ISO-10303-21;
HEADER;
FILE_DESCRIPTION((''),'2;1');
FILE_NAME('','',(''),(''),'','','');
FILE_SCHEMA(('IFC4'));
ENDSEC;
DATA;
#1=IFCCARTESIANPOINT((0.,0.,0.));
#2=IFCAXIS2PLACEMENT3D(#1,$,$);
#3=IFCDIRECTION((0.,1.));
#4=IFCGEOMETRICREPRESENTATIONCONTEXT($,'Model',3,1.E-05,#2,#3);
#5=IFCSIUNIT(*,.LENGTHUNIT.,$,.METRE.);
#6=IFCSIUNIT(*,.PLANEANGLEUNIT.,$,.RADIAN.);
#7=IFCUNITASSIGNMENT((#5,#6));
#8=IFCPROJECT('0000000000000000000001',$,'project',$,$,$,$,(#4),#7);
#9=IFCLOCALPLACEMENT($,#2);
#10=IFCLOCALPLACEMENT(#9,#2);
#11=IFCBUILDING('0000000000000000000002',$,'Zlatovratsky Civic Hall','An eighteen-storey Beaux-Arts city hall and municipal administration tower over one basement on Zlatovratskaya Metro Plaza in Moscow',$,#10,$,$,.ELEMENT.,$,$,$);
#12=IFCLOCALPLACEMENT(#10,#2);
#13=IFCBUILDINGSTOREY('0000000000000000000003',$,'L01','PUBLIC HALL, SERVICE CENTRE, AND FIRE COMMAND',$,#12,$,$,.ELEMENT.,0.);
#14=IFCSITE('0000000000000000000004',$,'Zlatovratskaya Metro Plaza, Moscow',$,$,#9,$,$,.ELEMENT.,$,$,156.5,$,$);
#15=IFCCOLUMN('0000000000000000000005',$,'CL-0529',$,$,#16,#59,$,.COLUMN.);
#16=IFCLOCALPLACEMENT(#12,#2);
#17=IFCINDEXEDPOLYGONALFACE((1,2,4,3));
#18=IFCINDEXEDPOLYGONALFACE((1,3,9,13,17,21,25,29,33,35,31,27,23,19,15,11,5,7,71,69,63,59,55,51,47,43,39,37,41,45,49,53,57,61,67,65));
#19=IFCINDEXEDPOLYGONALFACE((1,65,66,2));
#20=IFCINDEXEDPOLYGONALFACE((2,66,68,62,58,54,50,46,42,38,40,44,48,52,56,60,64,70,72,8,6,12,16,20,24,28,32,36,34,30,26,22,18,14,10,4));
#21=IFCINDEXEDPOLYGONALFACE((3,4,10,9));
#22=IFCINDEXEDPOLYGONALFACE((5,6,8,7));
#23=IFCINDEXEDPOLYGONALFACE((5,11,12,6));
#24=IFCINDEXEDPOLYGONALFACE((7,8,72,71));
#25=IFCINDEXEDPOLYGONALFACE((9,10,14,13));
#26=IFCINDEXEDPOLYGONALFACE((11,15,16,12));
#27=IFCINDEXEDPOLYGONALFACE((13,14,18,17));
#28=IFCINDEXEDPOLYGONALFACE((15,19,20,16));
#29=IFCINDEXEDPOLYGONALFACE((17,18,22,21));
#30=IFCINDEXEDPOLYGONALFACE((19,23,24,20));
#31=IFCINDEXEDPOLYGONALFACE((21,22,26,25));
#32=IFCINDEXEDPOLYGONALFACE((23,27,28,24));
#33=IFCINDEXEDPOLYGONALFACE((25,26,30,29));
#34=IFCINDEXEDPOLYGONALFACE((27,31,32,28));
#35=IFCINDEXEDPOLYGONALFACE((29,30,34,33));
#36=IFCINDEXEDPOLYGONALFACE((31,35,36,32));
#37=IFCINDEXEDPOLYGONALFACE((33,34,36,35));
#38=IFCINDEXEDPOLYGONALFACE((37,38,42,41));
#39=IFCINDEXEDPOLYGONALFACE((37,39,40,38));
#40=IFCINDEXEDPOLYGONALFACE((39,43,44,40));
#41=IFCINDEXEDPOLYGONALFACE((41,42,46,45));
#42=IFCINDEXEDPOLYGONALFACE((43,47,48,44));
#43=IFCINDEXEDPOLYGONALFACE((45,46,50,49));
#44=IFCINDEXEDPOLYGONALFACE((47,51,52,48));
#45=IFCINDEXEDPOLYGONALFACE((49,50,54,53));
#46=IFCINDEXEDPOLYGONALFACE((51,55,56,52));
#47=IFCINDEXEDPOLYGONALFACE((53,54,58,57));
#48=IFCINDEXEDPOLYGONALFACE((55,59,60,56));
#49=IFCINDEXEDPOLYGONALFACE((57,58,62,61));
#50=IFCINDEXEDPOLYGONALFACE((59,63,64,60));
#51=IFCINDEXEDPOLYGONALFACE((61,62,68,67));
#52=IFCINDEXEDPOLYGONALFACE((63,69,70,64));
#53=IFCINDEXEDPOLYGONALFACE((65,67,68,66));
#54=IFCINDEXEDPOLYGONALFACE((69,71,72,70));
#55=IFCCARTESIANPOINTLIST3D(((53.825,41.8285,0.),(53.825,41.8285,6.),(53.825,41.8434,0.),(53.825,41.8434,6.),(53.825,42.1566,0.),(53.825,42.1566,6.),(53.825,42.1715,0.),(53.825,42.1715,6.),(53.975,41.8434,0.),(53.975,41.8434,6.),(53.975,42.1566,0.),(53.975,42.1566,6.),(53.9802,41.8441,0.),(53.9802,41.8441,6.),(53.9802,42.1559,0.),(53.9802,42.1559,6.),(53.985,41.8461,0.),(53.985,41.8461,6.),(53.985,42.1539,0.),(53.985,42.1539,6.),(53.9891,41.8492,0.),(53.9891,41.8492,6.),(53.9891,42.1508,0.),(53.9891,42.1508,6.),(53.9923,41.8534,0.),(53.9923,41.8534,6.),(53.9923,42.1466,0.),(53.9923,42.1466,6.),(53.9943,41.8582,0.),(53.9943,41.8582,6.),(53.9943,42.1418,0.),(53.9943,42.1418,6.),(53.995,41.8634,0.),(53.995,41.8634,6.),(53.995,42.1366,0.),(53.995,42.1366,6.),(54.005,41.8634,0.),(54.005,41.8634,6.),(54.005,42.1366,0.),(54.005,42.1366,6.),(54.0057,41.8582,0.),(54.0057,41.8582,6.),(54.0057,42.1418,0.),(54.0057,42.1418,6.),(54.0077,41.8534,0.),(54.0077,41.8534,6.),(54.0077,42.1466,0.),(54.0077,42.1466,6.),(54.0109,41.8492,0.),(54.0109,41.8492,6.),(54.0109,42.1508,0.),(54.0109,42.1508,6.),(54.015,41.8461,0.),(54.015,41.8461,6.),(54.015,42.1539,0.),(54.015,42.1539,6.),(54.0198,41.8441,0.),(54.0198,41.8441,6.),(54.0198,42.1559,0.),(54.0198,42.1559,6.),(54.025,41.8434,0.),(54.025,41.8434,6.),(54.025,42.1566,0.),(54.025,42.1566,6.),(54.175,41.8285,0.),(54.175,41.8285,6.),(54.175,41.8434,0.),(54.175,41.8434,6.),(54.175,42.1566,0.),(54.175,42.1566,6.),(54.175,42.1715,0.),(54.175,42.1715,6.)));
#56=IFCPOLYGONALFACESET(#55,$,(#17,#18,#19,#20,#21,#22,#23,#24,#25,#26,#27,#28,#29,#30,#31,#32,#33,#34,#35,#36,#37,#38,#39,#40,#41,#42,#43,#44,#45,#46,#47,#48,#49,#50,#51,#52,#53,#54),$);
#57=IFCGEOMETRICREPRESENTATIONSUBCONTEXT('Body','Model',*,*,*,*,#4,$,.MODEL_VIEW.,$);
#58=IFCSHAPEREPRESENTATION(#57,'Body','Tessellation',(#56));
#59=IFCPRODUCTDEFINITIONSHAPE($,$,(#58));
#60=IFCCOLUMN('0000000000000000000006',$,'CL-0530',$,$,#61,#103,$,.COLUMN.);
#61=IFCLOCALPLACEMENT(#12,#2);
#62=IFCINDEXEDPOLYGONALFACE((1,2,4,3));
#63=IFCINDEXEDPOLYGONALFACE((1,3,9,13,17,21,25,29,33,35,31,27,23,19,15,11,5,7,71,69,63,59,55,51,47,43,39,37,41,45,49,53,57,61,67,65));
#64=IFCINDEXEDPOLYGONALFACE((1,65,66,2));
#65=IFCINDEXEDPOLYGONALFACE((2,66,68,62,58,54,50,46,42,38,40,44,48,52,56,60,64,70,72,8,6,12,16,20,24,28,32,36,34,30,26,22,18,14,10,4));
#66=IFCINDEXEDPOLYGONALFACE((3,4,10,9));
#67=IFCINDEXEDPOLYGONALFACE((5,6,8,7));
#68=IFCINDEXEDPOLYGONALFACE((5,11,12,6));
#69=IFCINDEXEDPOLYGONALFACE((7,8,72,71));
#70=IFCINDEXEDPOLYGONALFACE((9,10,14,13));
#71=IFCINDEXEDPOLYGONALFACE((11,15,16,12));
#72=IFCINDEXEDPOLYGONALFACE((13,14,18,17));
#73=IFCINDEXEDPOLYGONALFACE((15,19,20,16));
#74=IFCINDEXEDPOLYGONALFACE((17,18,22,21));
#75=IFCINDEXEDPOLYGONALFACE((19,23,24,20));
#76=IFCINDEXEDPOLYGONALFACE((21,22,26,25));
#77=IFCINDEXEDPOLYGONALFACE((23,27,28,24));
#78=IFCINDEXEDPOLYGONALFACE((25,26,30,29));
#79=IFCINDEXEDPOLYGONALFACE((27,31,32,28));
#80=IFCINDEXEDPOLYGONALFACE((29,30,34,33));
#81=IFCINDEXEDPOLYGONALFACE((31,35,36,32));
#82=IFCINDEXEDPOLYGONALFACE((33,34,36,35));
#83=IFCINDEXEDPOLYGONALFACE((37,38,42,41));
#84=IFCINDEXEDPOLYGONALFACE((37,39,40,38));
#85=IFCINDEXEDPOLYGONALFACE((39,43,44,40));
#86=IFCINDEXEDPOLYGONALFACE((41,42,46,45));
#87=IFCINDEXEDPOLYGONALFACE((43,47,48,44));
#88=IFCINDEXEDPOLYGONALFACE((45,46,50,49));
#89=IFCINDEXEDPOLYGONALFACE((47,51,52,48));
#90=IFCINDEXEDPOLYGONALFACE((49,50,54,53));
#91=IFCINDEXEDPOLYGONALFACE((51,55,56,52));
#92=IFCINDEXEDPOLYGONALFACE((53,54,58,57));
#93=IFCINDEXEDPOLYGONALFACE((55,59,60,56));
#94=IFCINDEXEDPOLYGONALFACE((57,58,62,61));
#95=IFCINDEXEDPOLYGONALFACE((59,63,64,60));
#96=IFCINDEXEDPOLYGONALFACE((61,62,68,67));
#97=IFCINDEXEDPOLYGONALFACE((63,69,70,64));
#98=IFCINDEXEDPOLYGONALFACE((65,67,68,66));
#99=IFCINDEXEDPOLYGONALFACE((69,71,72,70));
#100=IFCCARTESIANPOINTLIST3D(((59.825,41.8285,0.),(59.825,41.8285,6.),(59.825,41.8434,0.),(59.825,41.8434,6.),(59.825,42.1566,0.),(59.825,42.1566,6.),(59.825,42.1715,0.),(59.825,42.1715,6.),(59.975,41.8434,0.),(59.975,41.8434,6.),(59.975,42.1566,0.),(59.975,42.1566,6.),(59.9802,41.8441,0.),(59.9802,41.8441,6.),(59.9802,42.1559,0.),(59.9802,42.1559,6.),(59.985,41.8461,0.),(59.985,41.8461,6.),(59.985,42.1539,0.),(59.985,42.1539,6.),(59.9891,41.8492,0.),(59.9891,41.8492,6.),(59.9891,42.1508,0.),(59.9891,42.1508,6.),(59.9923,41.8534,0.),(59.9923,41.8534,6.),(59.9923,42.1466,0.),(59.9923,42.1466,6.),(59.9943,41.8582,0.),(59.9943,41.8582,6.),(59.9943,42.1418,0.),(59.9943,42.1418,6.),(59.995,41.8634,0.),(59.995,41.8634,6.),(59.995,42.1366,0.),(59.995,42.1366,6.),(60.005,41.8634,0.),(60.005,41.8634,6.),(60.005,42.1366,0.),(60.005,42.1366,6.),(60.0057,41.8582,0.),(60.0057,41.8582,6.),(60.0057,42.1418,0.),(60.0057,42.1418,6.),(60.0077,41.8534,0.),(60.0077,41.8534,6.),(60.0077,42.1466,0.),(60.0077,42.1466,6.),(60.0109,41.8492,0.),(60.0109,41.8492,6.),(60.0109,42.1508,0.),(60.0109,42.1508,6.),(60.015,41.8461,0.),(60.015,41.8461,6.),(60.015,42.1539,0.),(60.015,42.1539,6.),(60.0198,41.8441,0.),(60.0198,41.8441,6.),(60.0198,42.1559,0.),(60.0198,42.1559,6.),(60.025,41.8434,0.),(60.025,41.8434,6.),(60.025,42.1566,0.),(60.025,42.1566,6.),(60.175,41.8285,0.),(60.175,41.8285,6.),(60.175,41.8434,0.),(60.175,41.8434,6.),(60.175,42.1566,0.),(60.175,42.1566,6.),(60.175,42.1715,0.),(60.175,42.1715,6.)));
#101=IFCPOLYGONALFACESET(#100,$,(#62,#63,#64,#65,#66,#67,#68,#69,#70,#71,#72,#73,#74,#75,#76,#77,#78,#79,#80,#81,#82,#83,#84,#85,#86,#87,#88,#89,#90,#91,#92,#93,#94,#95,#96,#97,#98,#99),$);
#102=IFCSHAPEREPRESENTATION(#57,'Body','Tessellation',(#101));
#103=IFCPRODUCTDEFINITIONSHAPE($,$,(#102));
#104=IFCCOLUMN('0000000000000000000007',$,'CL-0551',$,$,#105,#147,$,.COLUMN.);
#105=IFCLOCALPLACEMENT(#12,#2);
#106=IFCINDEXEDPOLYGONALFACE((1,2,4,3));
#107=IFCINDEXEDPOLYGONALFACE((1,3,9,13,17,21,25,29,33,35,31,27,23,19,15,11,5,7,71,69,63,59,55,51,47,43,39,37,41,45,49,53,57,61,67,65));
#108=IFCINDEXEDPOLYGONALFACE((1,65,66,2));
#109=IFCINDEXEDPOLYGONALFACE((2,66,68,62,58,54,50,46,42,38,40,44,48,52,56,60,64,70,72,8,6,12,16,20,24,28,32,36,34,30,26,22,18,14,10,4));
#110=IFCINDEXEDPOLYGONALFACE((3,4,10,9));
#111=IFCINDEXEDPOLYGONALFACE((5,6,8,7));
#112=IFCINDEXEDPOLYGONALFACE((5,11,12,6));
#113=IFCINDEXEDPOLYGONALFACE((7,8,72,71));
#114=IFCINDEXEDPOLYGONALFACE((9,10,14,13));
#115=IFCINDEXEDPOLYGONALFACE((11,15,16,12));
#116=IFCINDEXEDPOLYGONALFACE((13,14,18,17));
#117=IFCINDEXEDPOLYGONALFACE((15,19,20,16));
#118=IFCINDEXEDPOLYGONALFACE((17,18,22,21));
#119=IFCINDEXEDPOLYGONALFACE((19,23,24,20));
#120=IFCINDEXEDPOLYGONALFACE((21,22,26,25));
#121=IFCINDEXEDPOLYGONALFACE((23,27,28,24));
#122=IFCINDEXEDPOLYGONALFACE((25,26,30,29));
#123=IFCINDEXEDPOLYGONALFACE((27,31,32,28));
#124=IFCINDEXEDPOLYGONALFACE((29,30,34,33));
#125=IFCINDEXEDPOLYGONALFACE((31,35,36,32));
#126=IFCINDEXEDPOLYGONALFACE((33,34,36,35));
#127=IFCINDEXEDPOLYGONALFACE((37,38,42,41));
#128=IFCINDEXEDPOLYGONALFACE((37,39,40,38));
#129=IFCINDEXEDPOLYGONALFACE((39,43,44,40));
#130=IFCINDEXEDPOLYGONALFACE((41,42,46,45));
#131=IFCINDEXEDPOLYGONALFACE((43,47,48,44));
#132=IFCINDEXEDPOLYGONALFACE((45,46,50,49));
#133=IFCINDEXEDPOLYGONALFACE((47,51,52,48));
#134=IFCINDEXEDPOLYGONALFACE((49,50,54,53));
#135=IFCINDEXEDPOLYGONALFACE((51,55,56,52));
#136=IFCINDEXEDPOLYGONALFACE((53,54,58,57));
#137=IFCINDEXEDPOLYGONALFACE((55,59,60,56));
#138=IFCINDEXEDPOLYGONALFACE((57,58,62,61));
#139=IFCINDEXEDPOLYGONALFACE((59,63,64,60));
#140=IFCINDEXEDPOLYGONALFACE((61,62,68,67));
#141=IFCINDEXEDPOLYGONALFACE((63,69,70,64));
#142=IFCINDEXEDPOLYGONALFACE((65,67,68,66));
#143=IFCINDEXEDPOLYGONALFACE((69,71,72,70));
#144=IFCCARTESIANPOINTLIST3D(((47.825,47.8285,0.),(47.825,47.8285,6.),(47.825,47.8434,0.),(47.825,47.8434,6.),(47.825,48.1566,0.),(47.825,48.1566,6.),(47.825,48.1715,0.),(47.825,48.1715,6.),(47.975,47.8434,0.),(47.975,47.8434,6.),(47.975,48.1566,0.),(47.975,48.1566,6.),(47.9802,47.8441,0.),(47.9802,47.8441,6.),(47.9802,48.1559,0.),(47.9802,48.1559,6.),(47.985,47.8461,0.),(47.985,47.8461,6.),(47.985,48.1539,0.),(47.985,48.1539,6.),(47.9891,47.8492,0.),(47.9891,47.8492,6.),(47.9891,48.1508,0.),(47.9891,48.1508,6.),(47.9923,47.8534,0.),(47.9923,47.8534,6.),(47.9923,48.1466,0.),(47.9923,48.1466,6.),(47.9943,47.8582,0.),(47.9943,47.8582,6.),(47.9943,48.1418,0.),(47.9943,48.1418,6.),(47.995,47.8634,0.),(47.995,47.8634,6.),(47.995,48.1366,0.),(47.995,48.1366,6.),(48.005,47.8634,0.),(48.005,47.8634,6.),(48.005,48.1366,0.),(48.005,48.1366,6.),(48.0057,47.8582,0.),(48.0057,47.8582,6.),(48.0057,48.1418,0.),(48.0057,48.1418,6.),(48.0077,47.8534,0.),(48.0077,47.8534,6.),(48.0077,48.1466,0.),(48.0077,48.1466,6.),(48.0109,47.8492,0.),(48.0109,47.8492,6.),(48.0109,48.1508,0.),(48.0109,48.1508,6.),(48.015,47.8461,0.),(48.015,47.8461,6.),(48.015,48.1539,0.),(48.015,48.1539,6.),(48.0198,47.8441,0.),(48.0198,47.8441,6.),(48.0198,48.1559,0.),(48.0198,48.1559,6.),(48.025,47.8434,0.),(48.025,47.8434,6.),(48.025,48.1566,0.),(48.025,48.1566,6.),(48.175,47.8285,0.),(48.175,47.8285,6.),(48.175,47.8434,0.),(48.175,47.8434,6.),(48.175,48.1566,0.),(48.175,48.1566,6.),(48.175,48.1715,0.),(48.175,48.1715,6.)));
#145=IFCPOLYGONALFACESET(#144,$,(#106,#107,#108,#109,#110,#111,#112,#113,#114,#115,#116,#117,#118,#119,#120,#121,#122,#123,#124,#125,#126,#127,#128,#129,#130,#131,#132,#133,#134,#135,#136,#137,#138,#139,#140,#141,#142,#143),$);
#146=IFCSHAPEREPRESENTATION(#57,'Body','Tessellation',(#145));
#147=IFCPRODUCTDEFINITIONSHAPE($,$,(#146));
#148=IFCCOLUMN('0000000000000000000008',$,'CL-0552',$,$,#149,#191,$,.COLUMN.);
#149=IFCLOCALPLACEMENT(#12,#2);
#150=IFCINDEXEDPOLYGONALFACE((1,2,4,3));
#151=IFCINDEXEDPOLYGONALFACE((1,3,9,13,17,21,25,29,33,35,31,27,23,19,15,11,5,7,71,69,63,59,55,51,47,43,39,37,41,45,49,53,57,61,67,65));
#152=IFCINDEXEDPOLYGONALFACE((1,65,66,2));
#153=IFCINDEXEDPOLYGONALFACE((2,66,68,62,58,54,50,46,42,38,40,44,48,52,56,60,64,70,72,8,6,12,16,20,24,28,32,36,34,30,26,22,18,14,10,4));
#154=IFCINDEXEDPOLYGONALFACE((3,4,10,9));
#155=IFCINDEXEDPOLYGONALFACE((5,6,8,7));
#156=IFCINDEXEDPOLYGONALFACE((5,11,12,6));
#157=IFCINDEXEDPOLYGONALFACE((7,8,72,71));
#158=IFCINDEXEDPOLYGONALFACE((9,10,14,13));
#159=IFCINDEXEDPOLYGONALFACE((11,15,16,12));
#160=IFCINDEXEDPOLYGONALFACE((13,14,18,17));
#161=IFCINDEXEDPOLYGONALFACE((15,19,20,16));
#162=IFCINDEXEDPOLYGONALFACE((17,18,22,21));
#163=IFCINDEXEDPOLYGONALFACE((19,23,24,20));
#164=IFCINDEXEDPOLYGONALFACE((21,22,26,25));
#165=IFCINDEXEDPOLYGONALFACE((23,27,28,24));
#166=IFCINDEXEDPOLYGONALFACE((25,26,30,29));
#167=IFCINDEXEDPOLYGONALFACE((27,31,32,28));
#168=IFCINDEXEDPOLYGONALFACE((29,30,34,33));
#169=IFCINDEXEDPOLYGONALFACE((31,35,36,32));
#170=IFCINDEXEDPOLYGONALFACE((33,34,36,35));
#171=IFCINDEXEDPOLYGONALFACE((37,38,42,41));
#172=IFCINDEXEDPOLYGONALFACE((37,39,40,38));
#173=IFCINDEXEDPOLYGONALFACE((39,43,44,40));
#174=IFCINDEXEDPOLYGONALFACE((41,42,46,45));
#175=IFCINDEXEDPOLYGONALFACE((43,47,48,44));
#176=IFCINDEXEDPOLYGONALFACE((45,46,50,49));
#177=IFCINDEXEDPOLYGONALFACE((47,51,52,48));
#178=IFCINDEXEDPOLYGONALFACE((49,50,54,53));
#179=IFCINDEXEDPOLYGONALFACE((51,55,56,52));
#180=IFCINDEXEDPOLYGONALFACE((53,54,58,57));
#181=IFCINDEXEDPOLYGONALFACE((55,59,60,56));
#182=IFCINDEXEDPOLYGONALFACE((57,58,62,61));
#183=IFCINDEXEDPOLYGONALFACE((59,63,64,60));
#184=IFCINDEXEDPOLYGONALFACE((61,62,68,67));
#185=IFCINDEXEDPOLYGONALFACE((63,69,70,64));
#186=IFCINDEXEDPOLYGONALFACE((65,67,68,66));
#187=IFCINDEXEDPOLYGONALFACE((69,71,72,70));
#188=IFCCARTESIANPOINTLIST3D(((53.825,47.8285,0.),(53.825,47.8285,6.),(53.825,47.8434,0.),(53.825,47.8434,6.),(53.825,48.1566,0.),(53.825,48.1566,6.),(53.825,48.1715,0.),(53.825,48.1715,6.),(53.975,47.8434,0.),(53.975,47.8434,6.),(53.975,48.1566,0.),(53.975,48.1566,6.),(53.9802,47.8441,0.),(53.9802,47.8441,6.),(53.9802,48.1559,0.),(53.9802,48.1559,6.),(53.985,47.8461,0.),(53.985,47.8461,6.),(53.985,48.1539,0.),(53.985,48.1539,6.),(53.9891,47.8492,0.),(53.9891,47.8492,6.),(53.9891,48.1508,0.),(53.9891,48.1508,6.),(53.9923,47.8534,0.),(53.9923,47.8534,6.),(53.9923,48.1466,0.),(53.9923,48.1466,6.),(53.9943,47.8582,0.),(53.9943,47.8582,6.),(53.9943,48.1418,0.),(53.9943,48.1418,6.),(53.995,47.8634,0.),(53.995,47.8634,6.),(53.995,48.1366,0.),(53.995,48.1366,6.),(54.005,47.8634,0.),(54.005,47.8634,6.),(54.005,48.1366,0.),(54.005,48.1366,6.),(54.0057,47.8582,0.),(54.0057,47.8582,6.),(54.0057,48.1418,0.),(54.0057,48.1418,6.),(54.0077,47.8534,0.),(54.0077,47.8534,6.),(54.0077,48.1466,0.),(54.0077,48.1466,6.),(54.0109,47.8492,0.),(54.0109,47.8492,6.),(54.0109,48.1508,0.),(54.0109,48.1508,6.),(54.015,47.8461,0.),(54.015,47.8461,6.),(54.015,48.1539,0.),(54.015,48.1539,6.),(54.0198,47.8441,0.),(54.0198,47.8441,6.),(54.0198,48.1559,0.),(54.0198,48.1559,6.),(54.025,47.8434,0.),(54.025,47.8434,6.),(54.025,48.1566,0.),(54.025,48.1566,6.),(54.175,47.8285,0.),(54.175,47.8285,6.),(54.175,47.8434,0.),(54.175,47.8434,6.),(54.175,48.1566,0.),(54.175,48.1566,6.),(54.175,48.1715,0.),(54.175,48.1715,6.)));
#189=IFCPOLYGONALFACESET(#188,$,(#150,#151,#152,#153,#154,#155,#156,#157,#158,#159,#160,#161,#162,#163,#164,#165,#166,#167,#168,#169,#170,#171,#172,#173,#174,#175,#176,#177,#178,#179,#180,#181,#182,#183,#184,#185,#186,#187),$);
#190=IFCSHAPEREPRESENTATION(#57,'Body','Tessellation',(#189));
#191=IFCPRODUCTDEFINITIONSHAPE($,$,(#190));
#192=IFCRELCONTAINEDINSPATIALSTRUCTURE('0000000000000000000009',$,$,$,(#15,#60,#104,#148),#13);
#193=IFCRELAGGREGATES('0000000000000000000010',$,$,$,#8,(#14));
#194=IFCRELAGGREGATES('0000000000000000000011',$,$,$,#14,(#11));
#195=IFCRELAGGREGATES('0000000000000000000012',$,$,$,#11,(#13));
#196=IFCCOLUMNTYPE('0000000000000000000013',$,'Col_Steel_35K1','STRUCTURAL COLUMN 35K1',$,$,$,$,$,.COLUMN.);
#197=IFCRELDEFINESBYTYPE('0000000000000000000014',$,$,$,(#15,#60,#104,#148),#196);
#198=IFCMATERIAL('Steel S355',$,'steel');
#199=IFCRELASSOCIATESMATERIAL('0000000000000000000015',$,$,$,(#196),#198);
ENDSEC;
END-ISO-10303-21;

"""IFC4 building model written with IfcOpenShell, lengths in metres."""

from ifc_helpers import new_model, si_unit, direction, frame, origin, origin_2d, place, context, subcontext, project, spatial, i_section, extrude, material, material_profile, profile_set, type_object, element, save


model = new_model("IFC4")

# Units and contexts
model_context = context("Model", 3, precision=1e-05, world=origin(), true_north=direction((0.0, 1.0)))
body_context = subcontext(model_context, "Body", "Model", "MODEL_VIEW")
ifc_project = project(units=[si_unit("LENGTHUNIT", "METRE"), si_unit("PLANEANGLEUNIT", "RADIAN")], contexts=[model_context])

# Site, building, storey
site_placement = place(None, origin())
site = spatial("IfcSite", under=ifc_project, at=site_placement, Name="Zlatovratskaya Metro Plaza, Moscow", CompositionType="ELEMENT", RefElevation=156.5)
building_placement = place(site_placement, origin())
building = spatial("IfcBuilding", under=site, at=building_placement, Name="Zlatovratsky Civic Hall", Description="An eighteen-storey Beaux-Arts city hall and municipal administration tower over one basement on Zlatovratskaya Metro Plaza in Moscow", CompositionType="ELEMENT")
storey_placement = place(building_placement, origin())
storey = spatial("IfcBuildingStorey", under=building, at=storey_placement, Name="L01", Description="PUBLIC HALL, SERVICE CENTRE, AND FIRE COMMAND", CompositionType="ELEMENT", Elevation=0.0)

# Columns
ifc_material_1 = material(Name="Steel S355", Category="steel")
ifc_material_profile_1 = material_profile(ifc_material_1, i_section(OverallWidth=0.3501, OverallDepth=0.343, WebThickness=0.01, FlangeThickness=0.0149, FilletRadius=0.02, at=origin_2d()), Name="35K1")
ifc_profile_set_1 = profile_set([ifc_material_profile_1], Name="Steel S355")
column_type = type_object("IfcColumnType", Name="Col_Steel_35K1", Description="STRUCTURAL COLUMN 35K1", PredefinedType="COLUMN", material=ifc_profile_set_1)
for number, where, z_axis, x_axis, name in (
    (1, (54.0, 42.0, 0.0), (0.0, 0.0, 1.0), (1.0, 0.0, 0.0), "CL-0529"),
    (2, (60.0, 42.0, 0.0), (0.0, 0.0, 1.0), (1.0, 0.0, 0.0), "CL-0530"),
    (3, (48.0, 48.0, 0.0), (0.0, 0.0, 1.0), (1.0, 0.0, 0.0), "CL-0551"),
    (4, (54.0, 48.0, 0.0), (0.0, 0.0, 1.0), (1.0, 0.0, 0.0), "CL-0552"),
):
    element("IfcColumn", number, at=place(storey_placement, frame(where, z_axis=z_axis, x_axis=x_axis)), inside=storey, type_object=column_type, Name=name, PredefinedType="COLUMN", context=body_context, shape_type="SweptSolid", body=[
        extrude(i_section(OverallWidth=0.3501, OverallDepth=0.343, WebThickness=0.01, FlangeThickness=0.0149, FilletRadius=0.02, at=origin_2d()), origin(), (0.0, 0.0, 1.0), 6.0),
    ])

save(model, "model.ifc")
